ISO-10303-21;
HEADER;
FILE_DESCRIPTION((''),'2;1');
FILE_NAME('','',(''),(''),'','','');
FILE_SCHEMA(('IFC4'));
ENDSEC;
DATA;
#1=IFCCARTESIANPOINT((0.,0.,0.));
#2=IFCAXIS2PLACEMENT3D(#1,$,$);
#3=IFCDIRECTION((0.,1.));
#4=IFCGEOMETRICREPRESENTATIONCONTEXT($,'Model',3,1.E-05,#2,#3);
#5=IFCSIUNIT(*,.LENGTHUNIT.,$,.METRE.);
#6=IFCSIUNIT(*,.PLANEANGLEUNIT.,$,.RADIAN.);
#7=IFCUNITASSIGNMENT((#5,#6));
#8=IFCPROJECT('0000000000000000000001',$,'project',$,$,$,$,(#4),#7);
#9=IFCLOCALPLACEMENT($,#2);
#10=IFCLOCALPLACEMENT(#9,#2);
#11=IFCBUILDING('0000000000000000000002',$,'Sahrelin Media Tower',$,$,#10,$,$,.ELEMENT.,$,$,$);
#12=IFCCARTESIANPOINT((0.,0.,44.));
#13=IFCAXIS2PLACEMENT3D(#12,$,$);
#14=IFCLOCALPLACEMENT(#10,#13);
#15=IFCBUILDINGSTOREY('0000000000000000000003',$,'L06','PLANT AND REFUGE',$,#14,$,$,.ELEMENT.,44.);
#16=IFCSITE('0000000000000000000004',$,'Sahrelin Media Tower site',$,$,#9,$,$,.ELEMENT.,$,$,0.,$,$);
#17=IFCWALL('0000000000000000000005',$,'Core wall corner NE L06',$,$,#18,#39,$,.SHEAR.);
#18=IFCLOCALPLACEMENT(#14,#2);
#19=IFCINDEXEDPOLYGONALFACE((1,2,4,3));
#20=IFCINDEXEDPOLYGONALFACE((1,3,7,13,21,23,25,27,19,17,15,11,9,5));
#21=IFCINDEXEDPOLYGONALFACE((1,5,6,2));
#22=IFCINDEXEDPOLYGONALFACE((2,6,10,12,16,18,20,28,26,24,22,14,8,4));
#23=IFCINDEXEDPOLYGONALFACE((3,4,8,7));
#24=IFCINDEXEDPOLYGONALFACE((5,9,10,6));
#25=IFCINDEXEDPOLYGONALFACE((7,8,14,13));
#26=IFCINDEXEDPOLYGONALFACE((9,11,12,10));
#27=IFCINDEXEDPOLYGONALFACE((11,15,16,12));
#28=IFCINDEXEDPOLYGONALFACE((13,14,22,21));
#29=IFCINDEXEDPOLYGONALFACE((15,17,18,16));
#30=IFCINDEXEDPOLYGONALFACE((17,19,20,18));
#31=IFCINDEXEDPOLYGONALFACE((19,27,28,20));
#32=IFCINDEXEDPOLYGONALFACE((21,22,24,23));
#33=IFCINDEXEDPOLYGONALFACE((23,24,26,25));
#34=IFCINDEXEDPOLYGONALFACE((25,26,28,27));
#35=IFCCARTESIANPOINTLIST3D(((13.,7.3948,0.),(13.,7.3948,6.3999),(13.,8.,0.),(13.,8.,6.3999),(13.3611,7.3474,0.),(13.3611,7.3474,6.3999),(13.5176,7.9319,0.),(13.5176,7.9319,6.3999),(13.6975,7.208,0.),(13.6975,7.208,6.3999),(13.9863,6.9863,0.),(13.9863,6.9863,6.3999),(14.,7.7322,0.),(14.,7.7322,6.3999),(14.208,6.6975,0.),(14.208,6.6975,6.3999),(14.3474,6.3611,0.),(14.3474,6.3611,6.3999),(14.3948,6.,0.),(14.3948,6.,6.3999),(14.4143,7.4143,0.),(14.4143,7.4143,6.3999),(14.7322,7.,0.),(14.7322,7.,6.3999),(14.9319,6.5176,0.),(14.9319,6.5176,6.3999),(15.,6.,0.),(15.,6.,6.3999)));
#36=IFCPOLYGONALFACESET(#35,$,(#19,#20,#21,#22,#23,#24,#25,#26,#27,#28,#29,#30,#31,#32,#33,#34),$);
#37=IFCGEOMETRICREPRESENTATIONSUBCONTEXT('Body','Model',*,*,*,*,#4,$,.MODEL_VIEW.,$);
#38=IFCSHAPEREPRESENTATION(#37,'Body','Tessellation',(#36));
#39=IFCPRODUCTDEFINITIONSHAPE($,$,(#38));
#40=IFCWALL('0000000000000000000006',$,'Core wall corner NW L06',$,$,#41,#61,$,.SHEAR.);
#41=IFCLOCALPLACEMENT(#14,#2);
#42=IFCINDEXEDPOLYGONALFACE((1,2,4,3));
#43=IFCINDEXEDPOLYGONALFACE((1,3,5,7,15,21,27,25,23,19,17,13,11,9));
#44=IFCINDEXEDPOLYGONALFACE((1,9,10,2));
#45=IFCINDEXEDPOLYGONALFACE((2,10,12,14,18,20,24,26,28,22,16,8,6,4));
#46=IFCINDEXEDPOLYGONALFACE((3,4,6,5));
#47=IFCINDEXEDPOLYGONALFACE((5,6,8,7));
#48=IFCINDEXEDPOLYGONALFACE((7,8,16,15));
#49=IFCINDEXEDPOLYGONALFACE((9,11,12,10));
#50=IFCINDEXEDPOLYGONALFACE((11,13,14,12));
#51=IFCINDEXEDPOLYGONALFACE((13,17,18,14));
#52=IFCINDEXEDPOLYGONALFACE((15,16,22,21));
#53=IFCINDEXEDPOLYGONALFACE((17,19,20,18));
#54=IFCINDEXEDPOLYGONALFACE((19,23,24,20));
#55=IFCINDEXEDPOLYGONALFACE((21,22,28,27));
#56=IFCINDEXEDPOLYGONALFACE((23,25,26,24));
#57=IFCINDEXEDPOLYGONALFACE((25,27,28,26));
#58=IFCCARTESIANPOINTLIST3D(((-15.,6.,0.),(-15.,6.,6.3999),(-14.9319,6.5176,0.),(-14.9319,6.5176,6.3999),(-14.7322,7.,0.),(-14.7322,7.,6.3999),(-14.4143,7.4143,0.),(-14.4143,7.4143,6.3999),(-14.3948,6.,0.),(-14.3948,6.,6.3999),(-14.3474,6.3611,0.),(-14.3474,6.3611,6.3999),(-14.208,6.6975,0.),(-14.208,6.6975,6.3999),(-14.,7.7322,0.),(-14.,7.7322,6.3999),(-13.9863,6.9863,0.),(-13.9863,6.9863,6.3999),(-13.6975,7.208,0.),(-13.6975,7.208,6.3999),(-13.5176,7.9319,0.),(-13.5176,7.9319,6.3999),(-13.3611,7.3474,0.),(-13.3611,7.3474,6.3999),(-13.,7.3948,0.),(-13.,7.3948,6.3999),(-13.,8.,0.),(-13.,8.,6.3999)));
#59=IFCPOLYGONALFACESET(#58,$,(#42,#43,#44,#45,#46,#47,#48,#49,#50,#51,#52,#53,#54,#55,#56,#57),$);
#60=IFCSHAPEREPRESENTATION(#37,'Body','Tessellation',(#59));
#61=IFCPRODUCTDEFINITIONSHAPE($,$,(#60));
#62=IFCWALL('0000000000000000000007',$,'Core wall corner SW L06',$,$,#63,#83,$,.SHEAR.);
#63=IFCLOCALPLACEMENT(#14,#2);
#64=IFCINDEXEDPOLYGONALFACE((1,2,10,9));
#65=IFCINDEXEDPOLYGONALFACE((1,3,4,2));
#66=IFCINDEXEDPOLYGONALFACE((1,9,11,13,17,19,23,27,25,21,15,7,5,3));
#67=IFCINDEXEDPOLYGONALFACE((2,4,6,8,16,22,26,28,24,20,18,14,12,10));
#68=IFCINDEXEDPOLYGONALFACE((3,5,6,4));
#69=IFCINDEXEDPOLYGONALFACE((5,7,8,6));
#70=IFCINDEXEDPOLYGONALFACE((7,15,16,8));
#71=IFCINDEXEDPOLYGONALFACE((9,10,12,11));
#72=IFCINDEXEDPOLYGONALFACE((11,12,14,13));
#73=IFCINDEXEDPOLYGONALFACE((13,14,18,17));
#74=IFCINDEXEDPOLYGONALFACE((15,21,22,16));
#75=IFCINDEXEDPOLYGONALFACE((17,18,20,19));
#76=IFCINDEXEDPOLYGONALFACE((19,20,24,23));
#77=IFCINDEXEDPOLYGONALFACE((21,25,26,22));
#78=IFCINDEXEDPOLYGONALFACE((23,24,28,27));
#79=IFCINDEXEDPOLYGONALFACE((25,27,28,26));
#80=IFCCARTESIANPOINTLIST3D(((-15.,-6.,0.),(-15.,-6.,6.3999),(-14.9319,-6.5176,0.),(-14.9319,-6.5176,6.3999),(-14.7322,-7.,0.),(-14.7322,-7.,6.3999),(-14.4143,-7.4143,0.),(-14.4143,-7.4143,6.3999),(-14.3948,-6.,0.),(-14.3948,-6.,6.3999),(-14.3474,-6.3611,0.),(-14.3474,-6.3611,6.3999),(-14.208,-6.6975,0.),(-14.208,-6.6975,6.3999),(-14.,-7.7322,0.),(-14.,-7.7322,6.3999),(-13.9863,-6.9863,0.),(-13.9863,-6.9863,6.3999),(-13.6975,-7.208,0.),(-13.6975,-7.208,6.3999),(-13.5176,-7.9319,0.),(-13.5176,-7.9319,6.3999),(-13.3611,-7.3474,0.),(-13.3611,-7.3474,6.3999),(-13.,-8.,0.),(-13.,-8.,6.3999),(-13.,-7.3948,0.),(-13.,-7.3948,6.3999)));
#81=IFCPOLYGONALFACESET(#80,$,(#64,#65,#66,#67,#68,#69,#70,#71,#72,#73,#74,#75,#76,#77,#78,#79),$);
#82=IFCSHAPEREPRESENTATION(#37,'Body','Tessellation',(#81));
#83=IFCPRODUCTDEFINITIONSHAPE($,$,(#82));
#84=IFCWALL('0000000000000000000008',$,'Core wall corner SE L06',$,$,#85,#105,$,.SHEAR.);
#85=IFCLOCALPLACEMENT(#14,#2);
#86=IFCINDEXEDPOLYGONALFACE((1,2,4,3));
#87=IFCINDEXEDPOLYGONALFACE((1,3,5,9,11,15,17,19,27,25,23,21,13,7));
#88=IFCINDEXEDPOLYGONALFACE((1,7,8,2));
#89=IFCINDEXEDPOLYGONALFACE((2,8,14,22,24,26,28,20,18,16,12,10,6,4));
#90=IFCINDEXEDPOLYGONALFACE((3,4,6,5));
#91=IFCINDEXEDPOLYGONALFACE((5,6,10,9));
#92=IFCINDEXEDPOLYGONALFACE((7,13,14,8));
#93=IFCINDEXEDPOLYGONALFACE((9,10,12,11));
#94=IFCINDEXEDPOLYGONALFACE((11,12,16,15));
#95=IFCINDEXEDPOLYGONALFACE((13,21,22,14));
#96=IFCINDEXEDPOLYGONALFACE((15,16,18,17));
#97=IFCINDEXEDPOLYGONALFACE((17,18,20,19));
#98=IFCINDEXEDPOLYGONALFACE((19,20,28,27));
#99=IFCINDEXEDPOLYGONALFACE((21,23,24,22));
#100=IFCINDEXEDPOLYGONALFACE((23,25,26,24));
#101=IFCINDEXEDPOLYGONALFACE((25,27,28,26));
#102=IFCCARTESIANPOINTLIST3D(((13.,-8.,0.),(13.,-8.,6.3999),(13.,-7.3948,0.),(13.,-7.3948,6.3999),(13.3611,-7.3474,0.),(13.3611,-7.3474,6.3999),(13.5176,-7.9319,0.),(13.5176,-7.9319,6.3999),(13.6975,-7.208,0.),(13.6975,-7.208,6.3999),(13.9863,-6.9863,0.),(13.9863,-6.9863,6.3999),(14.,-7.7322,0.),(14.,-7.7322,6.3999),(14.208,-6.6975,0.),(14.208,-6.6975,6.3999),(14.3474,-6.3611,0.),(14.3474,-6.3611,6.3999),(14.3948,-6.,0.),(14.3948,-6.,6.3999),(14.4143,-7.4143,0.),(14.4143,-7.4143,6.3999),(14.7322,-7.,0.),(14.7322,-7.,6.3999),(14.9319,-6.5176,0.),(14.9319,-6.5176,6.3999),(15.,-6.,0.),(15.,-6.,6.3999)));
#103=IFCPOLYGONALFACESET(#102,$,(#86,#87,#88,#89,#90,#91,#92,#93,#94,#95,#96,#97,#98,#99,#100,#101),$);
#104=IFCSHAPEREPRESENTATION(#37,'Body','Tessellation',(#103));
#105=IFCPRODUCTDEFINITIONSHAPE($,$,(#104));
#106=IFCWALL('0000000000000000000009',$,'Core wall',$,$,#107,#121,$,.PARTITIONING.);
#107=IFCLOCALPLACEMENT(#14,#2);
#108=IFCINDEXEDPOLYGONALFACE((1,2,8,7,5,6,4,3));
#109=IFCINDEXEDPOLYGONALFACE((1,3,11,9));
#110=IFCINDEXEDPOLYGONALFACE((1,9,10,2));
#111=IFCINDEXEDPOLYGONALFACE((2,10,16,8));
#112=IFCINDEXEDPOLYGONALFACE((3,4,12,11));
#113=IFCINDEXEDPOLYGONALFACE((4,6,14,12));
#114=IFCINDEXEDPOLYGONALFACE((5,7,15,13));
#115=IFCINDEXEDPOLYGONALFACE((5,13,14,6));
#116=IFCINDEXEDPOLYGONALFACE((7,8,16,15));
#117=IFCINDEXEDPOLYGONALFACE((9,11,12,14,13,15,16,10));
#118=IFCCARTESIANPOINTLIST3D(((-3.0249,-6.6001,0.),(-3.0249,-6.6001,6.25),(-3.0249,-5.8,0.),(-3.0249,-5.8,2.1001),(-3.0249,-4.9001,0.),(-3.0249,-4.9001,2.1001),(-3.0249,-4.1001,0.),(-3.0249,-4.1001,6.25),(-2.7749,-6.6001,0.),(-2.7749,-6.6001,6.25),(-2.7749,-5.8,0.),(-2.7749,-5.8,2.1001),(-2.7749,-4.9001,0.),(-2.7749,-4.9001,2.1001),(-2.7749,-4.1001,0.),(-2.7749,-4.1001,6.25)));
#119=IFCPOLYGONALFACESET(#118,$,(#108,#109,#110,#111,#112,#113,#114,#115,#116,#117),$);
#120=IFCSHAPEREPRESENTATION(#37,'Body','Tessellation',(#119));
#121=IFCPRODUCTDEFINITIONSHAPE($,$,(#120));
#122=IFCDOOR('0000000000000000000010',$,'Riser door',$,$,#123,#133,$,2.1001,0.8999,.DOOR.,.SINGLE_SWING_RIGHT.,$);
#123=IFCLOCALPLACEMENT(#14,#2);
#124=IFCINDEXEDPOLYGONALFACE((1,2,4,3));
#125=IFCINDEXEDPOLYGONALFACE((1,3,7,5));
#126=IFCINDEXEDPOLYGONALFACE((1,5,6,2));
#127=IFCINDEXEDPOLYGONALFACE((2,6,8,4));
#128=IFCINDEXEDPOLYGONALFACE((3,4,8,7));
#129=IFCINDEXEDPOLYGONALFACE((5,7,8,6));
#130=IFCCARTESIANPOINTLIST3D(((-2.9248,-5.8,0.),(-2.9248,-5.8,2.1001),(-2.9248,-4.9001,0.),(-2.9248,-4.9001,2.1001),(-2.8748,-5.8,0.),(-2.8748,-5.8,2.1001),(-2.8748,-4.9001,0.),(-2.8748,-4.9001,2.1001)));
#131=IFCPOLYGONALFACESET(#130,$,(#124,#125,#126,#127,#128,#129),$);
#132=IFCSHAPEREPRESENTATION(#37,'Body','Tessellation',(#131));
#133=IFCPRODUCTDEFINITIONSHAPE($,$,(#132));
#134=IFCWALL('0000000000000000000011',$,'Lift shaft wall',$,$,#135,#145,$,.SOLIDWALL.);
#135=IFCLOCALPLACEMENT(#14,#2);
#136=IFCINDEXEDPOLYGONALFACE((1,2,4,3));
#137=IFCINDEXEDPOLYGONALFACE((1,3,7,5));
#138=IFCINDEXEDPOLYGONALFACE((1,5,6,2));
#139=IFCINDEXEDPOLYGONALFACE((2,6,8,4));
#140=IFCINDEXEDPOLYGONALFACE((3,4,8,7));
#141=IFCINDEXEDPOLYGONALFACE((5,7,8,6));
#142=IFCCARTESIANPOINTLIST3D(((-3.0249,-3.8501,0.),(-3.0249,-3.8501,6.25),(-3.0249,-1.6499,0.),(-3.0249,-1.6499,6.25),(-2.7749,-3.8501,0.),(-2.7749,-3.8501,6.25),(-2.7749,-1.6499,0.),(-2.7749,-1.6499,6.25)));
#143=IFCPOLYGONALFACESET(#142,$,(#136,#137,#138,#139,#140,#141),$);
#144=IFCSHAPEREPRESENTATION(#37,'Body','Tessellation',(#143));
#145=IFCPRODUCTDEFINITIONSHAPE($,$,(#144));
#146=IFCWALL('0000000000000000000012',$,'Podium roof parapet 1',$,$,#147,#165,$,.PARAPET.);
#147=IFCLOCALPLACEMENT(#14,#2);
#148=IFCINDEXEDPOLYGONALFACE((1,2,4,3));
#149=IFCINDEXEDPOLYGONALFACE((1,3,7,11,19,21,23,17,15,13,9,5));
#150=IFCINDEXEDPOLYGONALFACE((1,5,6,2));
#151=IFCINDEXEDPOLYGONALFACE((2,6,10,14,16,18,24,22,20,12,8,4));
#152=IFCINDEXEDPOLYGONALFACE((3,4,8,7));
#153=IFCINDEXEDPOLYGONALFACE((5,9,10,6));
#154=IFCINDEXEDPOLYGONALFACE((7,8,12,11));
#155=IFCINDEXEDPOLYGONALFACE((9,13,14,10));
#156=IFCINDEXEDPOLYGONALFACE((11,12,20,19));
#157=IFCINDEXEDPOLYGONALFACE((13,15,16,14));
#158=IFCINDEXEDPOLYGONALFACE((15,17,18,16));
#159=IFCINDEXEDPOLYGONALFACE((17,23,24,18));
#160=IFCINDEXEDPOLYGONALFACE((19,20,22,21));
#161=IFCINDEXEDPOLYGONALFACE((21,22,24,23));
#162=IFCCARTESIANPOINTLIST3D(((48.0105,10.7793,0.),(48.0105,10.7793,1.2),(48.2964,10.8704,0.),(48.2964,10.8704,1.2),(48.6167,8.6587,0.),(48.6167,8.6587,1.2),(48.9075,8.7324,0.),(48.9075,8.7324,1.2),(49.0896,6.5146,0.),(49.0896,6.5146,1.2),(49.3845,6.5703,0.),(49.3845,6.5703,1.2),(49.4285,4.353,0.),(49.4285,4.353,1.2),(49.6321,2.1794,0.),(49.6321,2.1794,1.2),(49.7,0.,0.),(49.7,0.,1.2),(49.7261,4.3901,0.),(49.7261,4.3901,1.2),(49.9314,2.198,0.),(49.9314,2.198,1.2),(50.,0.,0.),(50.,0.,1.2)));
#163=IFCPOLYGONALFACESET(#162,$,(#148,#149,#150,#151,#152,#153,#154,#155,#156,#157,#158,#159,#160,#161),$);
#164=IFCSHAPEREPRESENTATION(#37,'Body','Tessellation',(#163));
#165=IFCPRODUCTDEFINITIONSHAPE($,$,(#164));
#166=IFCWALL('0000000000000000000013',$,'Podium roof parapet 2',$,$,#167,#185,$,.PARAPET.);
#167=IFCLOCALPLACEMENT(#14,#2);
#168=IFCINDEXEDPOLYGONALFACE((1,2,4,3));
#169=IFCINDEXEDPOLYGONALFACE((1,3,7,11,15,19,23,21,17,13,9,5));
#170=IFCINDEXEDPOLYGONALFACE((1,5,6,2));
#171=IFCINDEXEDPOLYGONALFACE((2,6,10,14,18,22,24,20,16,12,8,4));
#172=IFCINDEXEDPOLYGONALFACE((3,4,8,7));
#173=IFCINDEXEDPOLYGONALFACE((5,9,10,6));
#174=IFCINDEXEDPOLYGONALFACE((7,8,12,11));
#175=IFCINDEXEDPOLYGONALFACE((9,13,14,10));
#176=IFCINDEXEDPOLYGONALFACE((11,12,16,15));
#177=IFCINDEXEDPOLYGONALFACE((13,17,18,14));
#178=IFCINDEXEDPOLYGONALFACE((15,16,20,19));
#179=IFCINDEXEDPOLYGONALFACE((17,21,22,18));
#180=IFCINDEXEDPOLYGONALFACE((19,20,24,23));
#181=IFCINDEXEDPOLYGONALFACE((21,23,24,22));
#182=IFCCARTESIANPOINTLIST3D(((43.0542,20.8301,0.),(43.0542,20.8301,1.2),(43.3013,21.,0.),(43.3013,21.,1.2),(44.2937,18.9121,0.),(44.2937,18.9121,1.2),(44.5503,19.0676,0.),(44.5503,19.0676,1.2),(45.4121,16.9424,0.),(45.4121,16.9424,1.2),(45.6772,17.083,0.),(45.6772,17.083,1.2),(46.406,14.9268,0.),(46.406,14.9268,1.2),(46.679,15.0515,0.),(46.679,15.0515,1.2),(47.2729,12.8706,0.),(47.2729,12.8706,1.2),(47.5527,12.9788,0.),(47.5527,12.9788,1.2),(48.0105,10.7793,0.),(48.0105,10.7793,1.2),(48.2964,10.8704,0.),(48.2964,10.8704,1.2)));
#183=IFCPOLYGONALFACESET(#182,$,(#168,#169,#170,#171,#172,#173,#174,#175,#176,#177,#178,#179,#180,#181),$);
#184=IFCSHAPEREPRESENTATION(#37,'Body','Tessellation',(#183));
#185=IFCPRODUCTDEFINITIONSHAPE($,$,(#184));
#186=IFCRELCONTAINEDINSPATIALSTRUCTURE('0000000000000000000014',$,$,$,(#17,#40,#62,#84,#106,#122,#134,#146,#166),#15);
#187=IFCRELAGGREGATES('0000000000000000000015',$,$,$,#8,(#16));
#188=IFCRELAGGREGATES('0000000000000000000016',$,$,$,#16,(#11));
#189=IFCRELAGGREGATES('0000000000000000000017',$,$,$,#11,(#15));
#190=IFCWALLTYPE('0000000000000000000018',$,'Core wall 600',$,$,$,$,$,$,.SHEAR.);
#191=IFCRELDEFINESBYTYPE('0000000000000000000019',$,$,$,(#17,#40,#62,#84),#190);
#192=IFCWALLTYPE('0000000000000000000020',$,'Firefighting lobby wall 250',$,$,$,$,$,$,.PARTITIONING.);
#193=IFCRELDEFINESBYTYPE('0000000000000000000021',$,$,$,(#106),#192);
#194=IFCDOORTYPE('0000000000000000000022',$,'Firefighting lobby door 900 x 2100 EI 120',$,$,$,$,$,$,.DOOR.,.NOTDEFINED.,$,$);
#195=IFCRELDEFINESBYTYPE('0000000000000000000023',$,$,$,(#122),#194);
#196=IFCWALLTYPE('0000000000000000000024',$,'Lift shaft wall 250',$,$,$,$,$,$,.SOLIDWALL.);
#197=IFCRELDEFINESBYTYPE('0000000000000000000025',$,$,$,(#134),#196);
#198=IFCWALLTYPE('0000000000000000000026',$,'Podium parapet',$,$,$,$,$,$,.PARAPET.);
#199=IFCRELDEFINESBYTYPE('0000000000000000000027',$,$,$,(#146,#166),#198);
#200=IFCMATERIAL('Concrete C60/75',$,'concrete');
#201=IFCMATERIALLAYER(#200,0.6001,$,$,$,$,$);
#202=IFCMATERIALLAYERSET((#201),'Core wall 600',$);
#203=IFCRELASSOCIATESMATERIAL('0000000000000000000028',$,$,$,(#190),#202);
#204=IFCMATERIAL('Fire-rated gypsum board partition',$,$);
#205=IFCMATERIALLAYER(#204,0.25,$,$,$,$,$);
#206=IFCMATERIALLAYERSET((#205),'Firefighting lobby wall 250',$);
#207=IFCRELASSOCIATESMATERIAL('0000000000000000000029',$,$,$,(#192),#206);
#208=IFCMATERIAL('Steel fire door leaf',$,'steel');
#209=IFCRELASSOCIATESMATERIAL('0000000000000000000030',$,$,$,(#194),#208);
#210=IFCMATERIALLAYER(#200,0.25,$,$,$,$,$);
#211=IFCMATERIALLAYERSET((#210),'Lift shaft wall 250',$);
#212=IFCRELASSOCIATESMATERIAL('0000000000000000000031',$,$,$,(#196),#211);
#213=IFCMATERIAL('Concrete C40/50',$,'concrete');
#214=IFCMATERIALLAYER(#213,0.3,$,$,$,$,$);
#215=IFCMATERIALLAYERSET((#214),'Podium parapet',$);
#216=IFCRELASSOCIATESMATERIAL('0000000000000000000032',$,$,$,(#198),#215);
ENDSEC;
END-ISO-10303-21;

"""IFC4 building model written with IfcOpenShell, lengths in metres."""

from ifc_helpers import new_model, si_unit, direction, frame, frame_2d, origin, place, context, subcontext, project, spatial, polyline, rectangle, outline, extrude, material, layer, layer_set, type_object, element, fill, save


model = new_model("IFC4")

# Units and contexts
model_context = context("Model", 3, precision=1e-05, world=origin(), true_north=direction((0.0, 1.0)))
body_context = subcontext(model_context, "Body", "Model", "MODEL_VIEW")
ifc_project = project(units=[si_unit("LENGTHUNIT", "METRE"), si_unit("PLANEANGLEUNIT", "RADIAN")], contexts=[model_context])

# Site, building, storey
site_placement = place(None, origin())
site = spatial("IfcSite", under=ifc_project, at=site_placement, Name="Sahrelin Media Tower site", CompositionType="ELEMENT", RefElevation=0.0)
building_placement = place(site_placement, origin())
building = spatial("IfcBuilding", under=site, at=building_placement, Name="Sahrelin Media Tower", CompositionType="ELEMENT")
storey_placement = place(building_placement, frame((0.0, 0.0, 44.0)))
storey = spatial("IfcBuildingStorey", under=building, at=storey_placement, Name="L06", Description="PLANT AND REFUGE", CompositionType="ELEMENT", Elevation=44.0)

# Shared definitions
ifc_material_1 = material(Name="Concrete C40/50", Category="concrete")

# Walls
ifc_material_2 = material(Name="Concrete C60/75", Category="concrete")
ifc_layer_1 = layer(ifc_material_2, 0.6001)
ifc_layer_set_1 = layer_set([ifc_layer_1], Name="Core wall 600")
wall_type_1 = type_object("IfcWallType", Name="Core wall 600", PredefinedType="SHEAR", material=ifc_layer_set_1)
placement_1 = place(storey_placement, origin())
element("IfcWall", 1, at=placement_1, inside=storey, type_object=wall_type_1, Name="Core wall corner NE L06", PredefinedType="SHEAR", context=body_context, shape_type="SweptSolid", body=[
    extrude(outline(polyline([(13.0, 8.0), (13.0, 7.3948), (13.3611, 7.3474), (13.6975, 7.208), (13.9863, 6.9863), (14.208, 6.6975), (14.3474, 6.3611), (14.3948, 6.0), (15.0, 6.0), (14.9319, 6.5176), (14.7322, 7.0), (14.4143, 7.4143), (14.0, 7.7322), (13.5176, 7.9319), (13.0, 8.0)])), origin(), (0.0, 0.0, 1.0), 6.3999),
])
element("IfcWall", 2, at=placement_1, inside=storey, type_object=wall_type_1, Name="Core wall corner NW L06", PredefinedType="SHEAR", context=body_context, shape_type="SweptSolid", body=[
    extrude(outline(polyline([(-15.0, 6.0), (-14.3948, 6.0), (-14.3474, 6.3611), (-14.208, 6.6975), (-13.9863, 6.9863), (-13.6975, 7.208), (-13.3611, 7.3474), (-13.0, 7.3948), (-13.0, 8.0), (-13.5176, 7.9319), (-14.0, 7.7322), (-14.4143, 7.4143), (-14.7322, 7.0), (-14.9319, 6.5176), (-15.0, 6.0)])), origin(), (0.0, 0.0, 1.0), 6.3999),
])
element("IfcWall", 3, at=placement_1, inside=storey, type_object=wall_type_1, Name="Core wall corner SW L06", PredefinedType="SHEAR", context=body_context, shape_type="SweptSolid", body=[
    extrude(outline(polyline([(-13.0, -8.0), (-13.0, -7.3948), (-13.3611, -7.3474), (-13.6975, -7.208), (-13.9863, -6.9863), (-14.208, -6.6975), (-14.3474, -6.3611), (-14.3948, -6.0), (-15.0, -6.0), (-14.9319, -6.5176), (-14.7322, -7.0), (-14.4143, -7.4143), (-14.0, -7.7322), (-13.5176, -7.9319), (-13.0, -8.0)])), origin(), (0.0, 0.0, 1.0), 6.3999),
])
element("IfcWall", 4, at=placement_1, inside=storey, type_object=wall_type_1, Name="Core wall corner SE L06", PredefinedType="SHEAR", context=body_context, shape_type="SweptSolid", body=[
    extrude(outline(polyline([(15.0, -6.0), (14.3948, -6.0), (14.3474, -6.3611), (14.208, -6.6975), (13.9863, -6.9863), (13.6975, -7.208), (13.3611, -7.3474), (13.0, -7.3948), (13.0, -8.0), (13.5176, -7.9319), (14.0, -7.7322), (14.4143, -7.4143), (14.7322, -7.0), (14.9319, -6.5176), (15.0, -6.0)])), origin(), (0.0, 0.0, 1.0), 6.3999),
])

# Wall, opening, door
ifc_material_3 = material(Name="Fire-rated gypsum board partition")
ifc_layer_2 = layer(ifc_material_3, 0.25)
ifc_layer_set_2 = layer_set([ifc_layer_2], Name="Firefighting lobby wall 250")
wall_type_2 = type_object("IfcWallType", Name="Firefighting lobby wall 250", PredefinedType="PARTITIONING", material=ifc_layer_set_2)
wall_1_placement = place(storey_placement, frame((-2.8999, -6.6001, 0.0), z_axis=(0.0, 0.0, 1.0), x_axis=(0.0, 1.0, 0.0)))
wall_1 = element("IfcWall", 5, at=wall_1_placement, inside=storey, type_object=wall_type_2, Name="Core wall", PredefinedType="PARTITIONING", context=body_context, shape_type="SweptSolid", body=[
    extrude(rectangle(XDim=2.5, YDim=0.25, at=frame_2d((1.25, 0.0))), origin(), (0.0, 0.0, 1.0), 6.25),
])
opening_1_placement = place(wall_1_placement, frame((0.8, 0.0, 0.0)))
opening_1 = element("IfcOpeningElement", 6, at=opening_1_placement, cuts=wall_1, PredefinedType="OPENING", context=body_context, shape_type="SweptSolid", body=[
    extrude(rectangle(XDim=0.8999, YDim=2.1001, at=frame_2d((0.45, 1.05))), frame((0.0, 0.125, 0.0), z_axis=(0.0, -1.0, 0.0), x_axis=(1.0, 0.0, 0.0)), (0.0, 0.0, 1.0), 0.25),
])
ifc_material_4 = material(Name="Steel fire door leaf", Category="steel")
door_type_1 = type_object("IfcDoorType", Name="Firefighting lobby door 900 x 2100 EI 120", OperationType="NOTDEFINED", PredefinedType="DOOR", material=ifc_material_4)
door_1_placement = place(opening_1_placement, origin())
door_1 = element("IfcDoor", 7, at=door_1_placement, inside=storey, type_object=door_type_1, Name="Riser door", OperationType="SINGLE_SWING_RIGHT", OverallHeight=2.1001, OverallWidth=0.8999, PredefinedType="DOOR", context=body_context, shape_type="SweptSolid", body=[
    extrude(rectangle(XDim=0.8999, YDim=2.1001, at=frame_2d((0.45, 1.05))), frame((0.0, 0.0249, 0.0), z_axis=(0.0, -1.0, 0.0), x_axis=(1.0, 0.0, 0.0)), (0.0, 0.0, 1.0), 0.05),
])
fill(opening_1, door_1)

# Walls
ifc_layer_3 = layer(ifc_material_2, 0.25)
ifc_layer_set_3 = layer_set([ifc_layer_3], Name="Lift shaft wall 250")
wall_type_3 = type_object("IfcWallType", Name="Lift shaft wall 250", PredefinedType="SOLIDWALL", material=ifc_layer_set_3)
wall_2_placement = place(storey_placement, frame((-2.8999, -3.8501, 0.0), z_axis=(0.0, 0.0, 1.0), x_axis=(0.0, 1.0, 0.0)))
element("IfcWall", 8, at=wall_2_placement, inside=storey, type_object=wall_type_3, Name="Lift shaft wall", PredefinedType="SOLIDWALL", context=body_context, shape_type="SweptSolid", body=[
    extrude(rectangle(XDim=2.2002, YDim=0.25, at=frame_2d((1.1001, 0.0))), origin(), (0.0, 0.0, 1.0), 6.25),
])
ifc_layer_4 = layer(ifc_material_1, 0.3)
ifc_layer_set_4 = layer_set([ifc_layer_4], Name="Podium parapet")
wall_type_4 = type_object("IfcWallType", Name="Podium parapet", PredefinedType="PARAPET", material=ifc_layer_set_4)
element("IfcWall", 9, at=placement_1, inside=storey, type_object=wall_type_4, Name="Podium roof parapet 1", PredefinedType="PARAPET", context=body_context, shape_type="SweptSolid", body=[
    extrude(outline(polyline([(50.0, 0.0), (49.9314, 2.198), (49.7261, 4.3901), (49.3845, 6.5703), (48.9075, 8.7324), (48.2964, 10.8704), (48.0105, 10.7793), (48.6167, 8.6587), (49.0896, 6.5146), (49.4285, 4.353), (49.6321, 2.1794), (49.7, 0.0), (50.0, 0.0)])), origin(), (0.0, 0.0, 1.0), 1.2),
])
element("IfcWall", 10, at=placement_1, inside=storey, type_object=wall_type_4, Name="Podium roof parapet 2", PredefinedType="PARAPET", context=body_context, shape_type="SweptSolid", body=[
    extrude(outline(polyline([(48.2964, 10.8704), (47.5527, 12.9788), (46.679, 15.0515), (45.6772, 17.083), (44.5503, 19.0676), (43.3013, 21.0), (43.0542, 20.8301), (44.2937, 18.9121), (45.4121, 16.9424), (46.406, 14.9268), (47.2729, 12.8706), (48.0105, 10.7793), (48.2964, 10.8704)])), origin(), (0.0, 0.0, 1.0), 1.2),
])

save(model, "model.ifc")
